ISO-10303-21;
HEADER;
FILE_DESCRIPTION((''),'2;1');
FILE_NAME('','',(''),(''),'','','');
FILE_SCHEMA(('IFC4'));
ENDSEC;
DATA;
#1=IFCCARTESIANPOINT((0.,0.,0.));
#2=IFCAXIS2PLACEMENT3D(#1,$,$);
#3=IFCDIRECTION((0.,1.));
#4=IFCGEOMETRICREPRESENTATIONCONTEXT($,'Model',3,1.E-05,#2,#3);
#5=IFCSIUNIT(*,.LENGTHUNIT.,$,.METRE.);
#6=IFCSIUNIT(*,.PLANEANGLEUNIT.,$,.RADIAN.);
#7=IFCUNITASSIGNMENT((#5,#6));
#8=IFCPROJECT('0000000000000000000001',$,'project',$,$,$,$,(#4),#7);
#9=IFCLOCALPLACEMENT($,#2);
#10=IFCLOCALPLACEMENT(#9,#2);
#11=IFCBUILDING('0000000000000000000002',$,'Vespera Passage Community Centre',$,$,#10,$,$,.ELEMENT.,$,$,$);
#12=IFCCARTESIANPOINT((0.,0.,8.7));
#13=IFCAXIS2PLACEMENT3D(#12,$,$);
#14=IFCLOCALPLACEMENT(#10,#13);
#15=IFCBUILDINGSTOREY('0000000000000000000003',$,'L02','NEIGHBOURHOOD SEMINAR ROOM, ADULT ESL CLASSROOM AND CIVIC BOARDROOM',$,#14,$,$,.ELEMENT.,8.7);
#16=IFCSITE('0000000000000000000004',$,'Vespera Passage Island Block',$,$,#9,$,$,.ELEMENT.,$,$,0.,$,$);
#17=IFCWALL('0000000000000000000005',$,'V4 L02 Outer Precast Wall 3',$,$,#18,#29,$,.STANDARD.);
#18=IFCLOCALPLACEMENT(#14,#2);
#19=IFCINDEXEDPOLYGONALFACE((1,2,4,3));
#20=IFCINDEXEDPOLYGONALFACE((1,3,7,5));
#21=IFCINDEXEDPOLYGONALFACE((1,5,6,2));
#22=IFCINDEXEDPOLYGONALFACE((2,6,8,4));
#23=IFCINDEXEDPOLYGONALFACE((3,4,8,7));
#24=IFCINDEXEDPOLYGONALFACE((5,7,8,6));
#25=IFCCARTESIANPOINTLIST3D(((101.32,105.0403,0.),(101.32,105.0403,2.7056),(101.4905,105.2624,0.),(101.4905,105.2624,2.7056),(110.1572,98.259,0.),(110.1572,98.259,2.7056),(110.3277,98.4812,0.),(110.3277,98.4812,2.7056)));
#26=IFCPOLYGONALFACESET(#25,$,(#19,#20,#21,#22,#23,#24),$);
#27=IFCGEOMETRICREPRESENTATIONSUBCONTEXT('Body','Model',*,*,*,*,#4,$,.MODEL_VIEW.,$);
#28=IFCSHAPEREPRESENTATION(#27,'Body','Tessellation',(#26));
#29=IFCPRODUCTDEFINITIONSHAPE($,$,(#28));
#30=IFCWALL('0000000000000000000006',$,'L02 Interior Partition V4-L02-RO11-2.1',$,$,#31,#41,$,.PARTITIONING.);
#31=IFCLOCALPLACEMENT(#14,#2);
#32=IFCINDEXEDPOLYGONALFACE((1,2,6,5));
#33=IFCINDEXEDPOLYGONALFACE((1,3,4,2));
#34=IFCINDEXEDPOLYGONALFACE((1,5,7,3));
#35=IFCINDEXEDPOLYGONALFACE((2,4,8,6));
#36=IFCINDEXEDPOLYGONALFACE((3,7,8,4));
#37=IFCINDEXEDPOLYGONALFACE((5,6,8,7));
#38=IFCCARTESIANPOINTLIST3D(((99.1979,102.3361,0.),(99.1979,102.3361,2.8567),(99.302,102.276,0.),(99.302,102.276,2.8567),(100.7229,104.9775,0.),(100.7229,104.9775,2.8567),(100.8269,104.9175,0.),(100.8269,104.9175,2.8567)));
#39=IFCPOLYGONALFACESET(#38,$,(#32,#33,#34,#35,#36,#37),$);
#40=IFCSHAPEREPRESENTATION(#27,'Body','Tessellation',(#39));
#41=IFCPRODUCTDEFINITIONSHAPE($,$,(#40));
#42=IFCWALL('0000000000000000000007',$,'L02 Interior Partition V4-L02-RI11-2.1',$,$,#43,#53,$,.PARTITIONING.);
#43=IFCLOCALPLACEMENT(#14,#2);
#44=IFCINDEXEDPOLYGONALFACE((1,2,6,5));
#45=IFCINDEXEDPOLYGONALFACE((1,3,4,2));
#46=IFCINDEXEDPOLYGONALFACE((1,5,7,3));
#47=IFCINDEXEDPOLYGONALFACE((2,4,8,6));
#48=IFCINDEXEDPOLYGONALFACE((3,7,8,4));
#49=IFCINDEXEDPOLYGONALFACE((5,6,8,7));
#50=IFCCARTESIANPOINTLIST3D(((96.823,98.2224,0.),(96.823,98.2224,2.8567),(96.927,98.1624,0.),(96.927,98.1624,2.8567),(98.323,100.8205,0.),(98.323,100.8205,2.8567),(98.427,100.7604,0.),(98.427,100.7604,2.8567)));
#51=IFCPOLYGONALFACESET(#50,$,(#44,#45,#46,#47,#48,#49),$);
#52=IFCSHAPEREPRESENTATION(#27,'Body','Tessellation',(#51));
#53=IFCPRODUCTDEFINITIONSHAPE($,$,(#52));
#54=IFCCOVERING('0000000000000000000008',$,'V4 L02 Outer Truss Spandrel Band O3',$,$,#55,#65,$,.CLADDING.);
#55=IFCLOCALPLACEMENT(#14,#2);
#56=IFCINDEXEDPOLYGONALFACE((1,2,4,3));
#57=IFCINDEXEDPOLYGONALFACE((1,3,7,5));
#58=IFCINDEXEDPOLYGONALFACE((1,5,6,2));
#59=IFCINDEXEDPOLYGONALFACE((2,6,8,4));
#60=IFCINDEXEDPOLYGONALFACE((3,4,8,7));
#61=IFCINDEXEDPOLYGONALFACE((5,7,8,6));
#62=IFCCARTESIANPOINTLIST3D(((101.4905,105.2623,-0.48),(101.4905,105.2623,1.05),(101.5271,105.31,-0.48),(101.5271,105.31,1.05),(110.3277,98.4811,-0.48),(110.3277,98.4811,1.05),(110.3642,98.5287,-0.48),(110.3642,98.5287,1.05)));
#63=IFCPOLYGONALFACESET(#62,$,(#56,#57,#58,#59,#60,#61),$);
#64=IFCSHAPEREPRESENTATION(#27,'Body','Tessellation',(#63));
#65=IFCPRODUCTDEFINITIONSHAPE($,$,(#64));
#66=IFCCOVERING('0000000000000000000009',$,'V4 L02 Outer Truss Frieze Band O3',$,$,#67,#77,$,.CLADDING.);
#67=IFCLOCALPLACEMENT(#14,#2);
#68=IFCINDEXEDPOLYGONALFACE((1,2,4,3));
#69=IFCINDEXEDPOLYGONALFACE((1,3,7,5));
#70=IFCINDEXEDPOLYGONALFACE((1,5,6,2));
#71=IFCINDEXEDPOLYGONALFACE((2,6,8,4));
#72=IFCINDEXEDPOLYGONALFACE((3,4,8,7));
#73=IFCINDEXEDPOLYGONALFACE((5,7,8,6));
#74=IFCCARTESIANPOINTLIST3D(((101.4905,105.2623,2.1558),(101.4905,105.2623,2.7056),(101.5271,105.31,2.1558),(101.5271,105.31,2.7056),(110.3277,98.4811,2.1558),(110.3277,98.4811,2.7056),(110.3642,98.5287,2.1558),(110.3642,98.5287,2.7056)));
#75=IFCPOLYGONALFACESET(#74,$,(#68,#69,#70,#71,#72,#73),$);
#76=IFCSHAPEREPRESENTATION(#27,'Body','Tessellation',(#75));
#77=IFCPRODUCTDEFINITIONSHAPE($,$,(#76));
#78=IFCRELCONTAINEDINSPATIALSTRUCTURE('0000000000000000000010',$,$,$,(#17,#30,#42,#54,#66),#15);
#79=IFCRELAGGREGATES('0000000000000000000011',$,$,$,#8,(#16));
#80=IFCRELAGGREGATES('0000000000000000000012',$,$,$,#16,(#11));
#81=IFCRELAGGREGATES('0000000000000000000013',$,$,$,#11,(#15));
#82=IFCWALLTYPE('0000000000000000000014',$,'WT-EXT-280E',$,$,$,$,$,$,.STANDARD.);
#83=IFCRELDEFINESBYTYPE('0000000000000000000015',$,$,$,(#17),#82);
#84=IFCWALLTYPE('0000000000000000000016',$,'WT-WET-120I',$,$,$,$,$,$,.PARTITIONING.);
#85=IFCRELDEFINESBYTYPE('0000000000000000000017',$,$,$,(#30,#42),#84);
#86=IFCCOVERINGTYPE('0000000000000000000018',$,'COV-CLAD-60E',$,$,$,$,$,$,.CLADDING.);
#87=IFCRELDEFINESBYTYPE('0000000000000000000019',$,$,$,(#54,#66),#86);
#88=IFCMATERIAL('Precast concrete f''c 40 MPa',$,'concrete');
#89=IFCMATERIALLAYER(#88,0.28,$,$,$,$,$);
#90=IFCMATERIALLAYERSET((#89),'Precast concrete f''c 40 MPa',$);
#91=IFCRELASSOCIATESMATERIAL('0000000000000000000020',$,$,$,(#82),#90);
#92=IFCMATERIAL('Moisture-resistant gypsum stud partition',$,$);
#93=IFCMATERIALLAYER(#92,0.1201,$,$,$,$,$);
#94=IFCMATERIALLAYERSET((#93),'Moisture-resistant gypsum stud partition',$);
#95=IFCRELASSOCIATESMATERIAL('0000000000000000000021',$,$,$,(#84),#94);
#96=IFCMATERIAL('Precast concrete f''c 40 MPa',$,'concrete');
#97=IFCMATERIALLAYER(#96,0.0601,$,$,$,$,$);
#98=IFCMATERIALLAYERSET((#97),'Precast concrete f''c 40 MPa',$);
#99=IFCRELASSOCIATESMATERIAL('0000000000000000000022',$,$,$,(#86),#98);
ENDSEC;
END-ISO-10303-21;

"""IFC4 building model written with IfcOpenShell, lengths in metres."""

from ifc_helpers import new_model, si_unit, direction, frame, frame_2d, origin, place, context, subcontext, project, spatial, rectangle, extrude, material, layer, layer_set, type_object, element, save


model = new_model("IFC4")

# Units and contexts
model_context = context("Model", 3, precision=1e-05, world=origin(), true_north=direction((0.0, 1.0)))
body_context = subcontext(model_context, "Body", "Model", "MODEL_VIEW")
ifc_project = project(units=[si_unit("LENGTHUNIT", "METRE"), si_unit("PLANEANGLEUNIT", "RADIAN")], contexts=[model_context])

# Site, building, storey
site_placement = place(None, origin())
site = spatial("IfcSite", under=ifc_project, at=site_placement, Name="Vespera Passage Island Block", CompositionType="ELEMENT", RefElevation=0.0)
building_placement = place(site_placement, origin())
building = spatial("IfcBuilding", under=site, at=building_placement, Name="Vespera Passage Community Centre", CompositionType="ELEMENT")
storey_placement = place(building_placement, frame((0.0, 0.0, 8.7)))
storey = spatial("IfcBuildingStorey", under=building, at=storey_placement, Name="L02", Description="NEIGHBOURHOOD SEMINAR ROOM, ADULT ESL CLASSROOM AND CIVIC BOARDROOM", CompositionType="ELEMENT", Elevation=8.7)

# Walls
ifc_material_1 = material(Name="Precast concrete f'c 40 MPa", Category="concrete")
ifc_layer_1 = layer(ifc_material_1, 0.28)
ifc_layer_set_1 = layer_set([ifc_layer_1], Name="Precast concrete f'c 40 MPa")
wall_type_1 = type_object("IfcWallType", Name="WT-EXT-280E", PredefinedType="STANDARD", material=ifc_layer_set_1)
wall_1_placement = place(storey_placement, frame((101.4053, 105.1514, 0.0), z_axis=(0.0, 0.0, 1.0), x_axis=(0.793342, -0.608776, 0.0)))
element("IfcWall", 1, at=wall_1_placement, inside=storey, type_object=wall_type_1, Name="V4 L02 Outer Precast Wall 3", PredefinedType="STANDARD", context=body_context, shape_type="SweptSolid", body=[
    extrude(rectangle(XDim=11.1392, YDim=0.28, at=frame_2d((5.5696, 0.0))), origin(), (0.0, 0.0, 1.0), 2.7056),
])
ifc_material_2 = material(Name="Moisture-resistant gypsum stud partition")
ifc_layer_2 = layer(ifc_material_2, 0.1201)
ifc_layer_set_2 = layer_set([ifc_layer_2], Name="Moisture-resistant gypsum stud partition")
wall_type_2 = type_object("IfcWallType", Name="WT-WET-120I", PredefinedType="PARTITIONING", material=ifc_layer_set_2)
wall_2_placement = place(storey_placement, frame((99.25, 102.3062, 0.0), z_axis=(0.0, 0.0, 1.0), x_axis=(0.499979, 0.866038, 0.0)))
element("IfcWall", 2, at=wall_2_placement, inside=storey, type_object=wall_type_2, Name="L02 Interior Partition V4-L02-RO11-2.1", PredefinedType="PARTITIONING", context=body_context, shape_type="SweptSolid", body=[
    extrude(rectangle(XDim=3.05, YDim=0.1201, at=frame_2d((1.5249, 0.0))), origin(), (0.0, 0.0, 1.0), 2.8567),
])
wall_3_placement = place(storey_placement, frame((96.875, 98.1924, 0.0), z_axis=(0.0, 0.0, 1.0), x_axis=(0.49999, 0.866031, 0.0)))
element("IfcWall", 3, at=wall_3_placement, inside=storey, type_object=wall_type_2, Name="L02 Interior Partition V4-L02-RI11-2.1", PredefinedType="PARTITIONING", context=body_context, shape_type="SweptSolid", body=[
    extrude(rectangle(XDim=3.0, YDim=0.1201, at=frame_2d((1.5, 0.0))), origin(), (0.0, 0.0, 1.0), 2.8567),
])

# Coverings
ifc_material_3 = material(Name="Precast concrete f'c 40 MPa", Category="concrete")
ifc_layer_3 = layer(ifc_material_3, 0.0601)
ifc_layer_set_3 = layer_set([ifc_layer_3], Name="Precast concrete f'c 40 MPa")
covering_type = type_object("IfcCoveringType", Name="COV-CLAD-60E", PredefinedType="CLADDING", material=ifc_layer_set_3)
covering_1_placement = place(storey_placement, frame((101.5088, 105.2861, -0.48), z_axis=(0.0, 0.0, 1.0), x_axis=(0.793342, -0.608776, 0.0)))
element("IfcCovering", 4, at=covering_1_placement, inside=storey, type_object=covering_type, Name="V4 L02 Outer Truss Spandrel Band O3", PredefinedType="CLADDING", context=body_context, shape_type="SweptSolid", body=[
    extrude(rectangle(XDim=11.1392, YDim=0.0601, at=frame_2d((5.5696, 0.0))), origin(), (0.0, 0.0, 1.0), 1.53),
])
covering_2_placement = place(storey_placement, frame((101.5088, 105.2861, 2.1558), z_axis=(0.0, 0.0, 1.0), x_axis=(0.793342, -0.608776, 0.0)))
element("IfcCovering", 5, at=covering_2_placement, inside=storey, type_object=covering_type, Name="V4 L02 Outer Truss Frieze Band O3", PredefinedType="CLADDING", context=body_context, shape_type="SweptSolid", body=[
    extrude(rectangle(XDim=11.1392, YDim=0.0601, at=frame_2d((5.5696, 0.0))), origin(), (0.0, 0.0, 1.0), 0.5498),
])

save(model, "model.ifc")
